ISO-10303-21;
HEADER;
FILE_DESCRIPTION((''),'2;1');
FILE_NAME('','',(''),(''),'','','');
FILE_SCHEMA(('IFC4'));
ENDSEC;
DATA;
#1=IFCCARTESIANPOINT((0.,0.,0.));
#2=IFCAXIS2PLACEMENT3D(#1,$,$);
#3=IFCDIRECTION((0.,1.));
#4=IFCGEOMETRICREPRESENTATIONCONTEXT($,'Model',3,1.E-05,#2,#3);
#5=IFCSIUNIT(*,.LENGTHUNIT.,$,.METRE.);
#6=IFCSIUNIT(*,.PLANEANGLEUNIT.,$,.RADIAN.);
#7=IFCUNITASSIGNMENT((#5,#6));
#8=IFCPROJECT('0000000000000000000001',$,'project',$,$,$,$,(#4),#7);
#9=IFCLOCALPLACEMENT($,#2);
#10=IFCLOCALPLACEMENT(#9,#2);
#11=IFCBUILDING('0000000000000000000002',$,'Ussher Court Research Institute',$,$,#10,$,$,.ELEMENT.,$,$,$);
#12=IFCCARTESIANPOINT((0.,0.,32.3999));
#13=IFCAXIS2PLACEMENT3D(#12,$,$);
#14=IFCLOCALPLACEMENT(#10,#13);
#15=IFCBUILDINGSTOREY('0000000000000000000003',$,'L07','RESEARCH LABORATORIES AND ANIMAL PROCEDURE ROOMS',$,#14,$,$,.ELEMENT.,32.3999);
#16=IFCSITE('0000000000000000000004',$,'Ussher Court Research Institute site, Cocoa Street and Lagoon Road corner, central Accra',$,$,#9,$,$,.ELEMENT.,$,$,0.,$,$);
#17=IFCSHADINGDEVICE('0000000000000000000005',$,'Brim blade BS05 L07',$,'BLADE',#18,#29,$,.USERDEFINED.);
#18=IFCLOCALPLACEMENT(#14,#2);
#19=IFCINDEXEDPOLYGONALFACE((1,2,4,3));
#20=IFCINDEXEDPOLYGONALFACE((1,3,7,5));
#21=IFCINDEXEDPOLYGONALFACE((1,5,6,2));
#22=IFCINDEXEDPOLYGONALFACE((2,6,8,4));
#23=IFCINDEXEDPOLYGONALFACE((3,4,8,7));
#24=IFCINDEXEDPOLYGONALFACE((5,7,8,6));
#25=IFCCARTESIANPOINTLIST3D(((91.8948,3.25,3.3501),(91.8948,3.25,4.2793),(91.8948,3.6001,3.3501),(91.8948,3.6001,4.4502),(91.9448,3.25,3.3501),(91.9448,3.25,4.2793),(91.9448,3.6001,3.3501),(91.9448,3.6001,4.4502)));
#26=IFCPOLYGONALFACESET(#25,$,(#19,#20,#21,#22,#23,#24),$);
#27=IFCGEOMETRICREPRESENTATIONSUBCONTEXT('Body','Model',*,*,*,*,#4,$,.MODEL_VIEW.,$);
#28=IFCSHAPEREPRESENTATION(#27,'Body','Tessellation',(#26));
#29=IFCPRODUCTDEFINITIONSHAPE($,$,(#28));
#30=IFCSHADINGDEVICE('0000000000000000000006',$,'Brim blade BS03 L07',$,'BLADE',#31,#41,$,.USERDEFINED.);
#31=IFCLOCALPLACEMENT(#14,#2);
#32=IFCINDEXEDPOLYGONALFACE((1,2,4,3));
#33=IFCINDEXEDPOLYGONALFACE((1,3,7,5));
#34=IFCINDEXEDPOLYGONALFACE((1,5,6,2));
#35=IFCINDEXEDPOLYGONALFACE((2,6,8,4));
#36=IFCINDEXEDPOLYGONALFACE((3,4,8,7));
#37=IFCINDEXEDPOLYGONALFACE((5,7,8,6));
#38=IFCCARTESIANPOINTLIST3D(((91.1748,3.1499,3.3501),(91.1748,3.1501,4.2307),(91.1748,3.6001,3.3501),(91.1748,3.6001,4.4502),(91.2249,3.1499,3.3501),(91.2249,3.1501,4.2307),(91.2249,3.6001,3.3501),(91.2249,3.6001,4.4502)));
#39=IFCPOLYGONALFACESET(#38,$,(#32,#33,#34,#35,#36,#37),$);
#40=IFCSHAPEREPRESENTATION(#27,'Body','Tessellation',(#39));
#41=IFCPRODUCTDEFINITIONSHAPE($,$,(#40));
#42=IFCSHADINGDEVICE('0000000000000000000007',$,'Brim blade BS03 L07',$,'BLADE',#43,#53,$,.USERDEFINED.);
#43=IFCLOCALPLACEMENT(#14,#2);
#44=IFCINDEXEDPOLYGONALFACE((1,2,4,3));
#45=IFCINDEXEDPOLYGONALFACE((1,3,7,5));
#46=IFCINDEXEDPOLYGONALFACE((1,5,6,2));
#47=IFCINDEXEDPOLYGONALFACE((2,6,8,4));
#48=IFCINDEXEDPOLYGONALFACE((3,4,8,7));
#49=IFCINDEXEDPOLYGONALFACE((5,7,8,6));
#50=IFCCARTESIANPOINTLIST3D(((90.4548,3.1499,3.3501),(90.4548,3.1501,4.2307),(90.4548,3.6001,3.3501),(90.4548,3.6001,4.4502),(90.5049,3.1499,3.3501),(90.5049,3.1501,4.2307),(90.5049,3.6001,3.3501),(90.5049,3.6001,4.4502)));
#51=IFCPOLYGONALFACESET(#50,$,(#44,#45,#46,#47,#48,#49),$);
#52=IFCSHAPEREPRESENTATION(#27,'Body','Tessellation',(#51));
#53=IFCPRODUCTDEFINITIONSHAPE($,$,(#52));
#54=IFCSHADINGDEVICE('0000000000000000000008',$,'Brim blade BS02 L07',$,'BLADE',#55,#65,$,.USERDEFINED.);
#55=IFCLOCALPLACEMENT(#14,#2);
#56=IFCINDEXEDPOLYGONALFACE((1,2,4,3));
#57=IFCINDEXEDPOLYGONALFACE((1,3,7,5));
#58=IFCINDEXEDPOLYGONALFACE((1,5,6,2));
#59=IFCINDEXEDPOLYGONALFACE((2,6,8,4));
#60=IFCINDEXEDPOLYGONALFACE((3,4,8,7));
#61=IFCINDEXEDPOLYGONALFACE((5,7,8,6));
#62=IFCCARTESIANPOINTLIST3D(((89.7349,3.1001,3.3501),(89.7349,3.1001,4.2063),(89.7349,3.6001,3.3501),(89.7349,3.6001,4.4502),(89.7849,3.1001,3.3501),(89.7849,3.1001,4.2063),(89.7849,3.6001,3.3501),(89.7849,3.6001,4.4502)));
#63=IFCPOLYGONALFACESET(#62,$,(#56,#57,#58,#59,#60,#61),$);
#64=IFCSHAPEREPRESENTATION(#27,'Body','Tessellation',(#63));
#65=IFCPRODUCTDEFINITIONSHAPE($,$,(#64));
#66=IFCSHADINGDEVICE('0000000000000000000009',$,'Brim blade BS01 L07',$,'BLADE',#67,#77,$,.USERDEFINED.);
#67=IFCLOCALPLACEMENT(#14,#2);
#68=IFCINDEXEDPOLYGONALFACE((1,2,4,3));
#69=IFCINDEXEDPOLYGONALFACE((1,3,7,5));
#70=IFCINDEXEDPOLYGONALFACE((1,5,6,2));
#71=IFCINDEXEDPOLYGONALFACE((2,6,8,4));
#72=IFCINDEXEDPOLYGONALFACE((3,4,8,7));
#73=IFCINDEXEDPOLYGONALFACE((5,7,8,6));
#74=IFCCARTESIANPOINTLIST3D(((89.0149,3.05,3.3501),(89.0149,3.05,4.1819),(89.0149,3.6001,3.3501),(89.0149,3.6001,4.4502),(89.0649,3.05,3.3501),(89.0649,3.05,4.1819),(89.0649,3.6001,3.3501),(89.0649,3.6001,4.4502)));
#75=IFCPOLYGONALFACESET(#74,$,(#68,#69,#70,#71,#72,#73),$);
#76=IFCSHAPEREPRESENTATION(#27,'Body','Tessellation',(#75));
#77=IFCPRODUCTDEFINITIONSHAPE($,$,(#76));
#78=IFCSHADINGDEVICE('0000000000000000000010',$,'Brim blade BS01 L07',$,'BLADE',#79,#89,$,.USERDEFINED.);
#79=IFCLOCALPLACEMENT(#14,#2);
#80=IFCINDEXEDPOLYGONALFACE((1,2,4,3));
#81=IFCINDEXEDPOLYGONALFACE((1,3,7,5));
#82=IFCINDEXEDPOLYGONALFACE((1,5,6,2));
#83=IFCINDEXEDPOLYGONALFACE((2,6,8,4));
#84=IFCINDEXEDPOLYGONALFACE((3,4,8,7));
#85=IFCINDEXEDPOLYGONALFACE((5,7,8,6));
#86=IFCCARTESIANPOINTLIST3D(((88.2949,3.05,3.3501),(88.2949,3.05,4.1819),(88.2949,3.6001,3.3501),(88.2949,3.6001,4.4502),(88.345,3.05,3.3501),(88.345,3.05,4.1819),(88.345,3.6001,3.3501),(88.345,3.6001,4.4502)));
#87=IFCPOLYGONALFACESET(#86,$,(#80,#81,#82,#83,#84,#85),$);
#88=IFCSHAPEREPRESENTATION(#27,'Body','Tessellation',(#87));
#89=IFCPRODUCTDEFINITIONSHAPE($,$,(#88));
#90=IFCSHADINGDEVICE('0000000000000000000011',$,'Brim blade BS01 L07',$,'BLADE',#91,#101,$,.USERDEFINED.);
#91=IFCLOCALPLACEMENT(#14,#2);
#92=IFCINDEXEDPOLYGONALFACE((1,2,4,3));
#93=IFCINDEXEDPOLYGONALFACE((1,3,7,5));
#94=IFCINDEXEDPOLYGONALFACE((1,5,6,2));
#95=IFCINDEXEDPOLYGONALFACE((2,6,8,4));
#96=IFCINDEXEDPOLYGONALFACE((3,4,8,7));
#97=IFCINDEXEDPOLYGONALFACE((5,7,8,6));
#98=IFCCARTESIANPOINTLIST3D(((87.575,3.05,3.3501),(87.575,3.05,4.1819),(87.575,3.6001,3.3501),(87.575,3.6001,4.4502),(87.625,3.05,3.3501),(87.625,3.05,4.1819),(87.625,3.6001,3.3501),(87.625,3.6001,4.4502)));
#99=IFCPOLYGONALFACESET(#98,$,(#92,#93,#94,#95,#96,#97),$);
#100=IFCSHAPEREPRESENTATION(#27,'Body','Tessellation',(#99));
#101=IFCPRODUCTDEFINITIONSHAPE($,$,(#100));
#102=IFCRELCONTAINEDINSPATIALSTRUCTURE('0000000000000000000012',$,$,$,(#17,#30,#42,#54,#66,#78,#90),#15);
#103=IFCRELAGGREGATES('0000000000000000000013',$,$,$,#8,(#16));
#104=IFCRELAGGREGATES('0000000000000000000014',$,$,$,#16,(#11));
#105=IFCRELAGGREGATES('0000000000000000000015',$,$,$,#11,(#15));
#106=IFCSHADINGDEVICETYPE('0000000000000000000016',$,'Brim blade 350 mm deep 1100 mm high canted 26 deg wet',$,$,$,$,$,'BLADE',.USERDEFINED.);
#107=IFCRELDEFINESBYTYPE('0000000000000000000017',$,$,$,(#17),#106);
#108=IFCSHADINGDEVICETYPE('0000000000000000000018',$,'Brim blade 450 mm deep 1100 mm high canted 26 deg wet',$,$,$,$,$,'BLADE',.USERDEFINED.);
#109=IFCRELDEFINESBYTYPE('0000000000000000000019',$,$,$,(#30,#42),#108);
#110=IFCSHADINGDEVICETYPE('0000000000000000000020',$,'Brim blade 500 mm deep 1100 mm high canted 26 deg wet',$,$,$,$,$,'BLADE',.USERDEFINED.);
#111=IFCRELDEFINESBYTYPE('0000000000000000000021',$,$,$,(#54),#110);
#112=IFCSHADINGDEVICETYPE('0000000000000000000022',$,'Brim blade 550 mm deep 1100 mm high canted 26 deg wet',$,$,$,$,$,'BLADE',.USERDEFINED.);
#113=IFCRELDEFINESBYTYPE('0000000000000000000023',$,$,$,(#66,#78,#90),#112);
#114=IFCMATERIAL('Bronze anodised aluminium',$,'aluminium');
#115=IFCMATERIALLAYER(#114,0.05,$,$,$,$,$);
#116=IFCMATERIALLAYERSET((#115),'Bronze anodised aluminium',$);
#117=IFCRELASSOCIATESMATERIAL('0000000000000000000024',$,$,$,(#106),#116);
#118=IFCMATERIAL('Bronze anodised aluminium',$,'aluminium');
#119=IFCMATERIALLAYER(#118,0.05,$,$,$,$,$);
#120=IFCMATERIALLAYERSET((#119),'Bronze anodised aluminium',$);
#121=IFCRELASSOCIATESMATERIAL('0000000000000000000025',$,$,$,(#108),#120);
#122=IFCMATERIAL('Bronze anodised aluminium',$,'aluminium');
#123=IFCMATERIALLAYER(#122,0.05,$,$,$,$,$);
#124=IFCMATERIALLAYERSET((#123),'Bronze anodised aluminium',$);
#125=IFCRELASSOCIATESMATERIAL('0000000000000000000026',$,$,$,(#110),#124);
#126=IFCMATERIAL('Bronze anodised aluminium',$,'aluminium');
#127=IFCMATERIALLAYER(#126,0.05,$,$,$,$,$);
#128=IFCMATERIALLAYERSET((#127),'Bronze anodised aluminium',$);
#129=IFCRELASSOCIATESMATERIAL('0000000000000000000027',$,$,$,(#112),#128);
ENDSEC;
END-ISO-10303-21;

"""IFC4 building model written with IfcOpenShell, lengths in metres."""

from ifc_helpers import new_model, si_unit, direction, frame, origin, place, context, subcontext, project, spatial, polyline, outline, extrude, material, layer, layer_set, type_object, element, save


model = new_model("IFC4")

# Units and contexts
model_context = context("Model", 3, precision=1e-05, world=origin(), true_north=direction((0.0, 1.0)))
body_context = subcontext(model_context, "Body", "Model", "MODEL_VIEW")
ifc_project = project(units=[si_unit("LENGTHUNIT", "METRE"), si_unit("PLANEANGLEUNIT", "RADIAN")], contexts=[model_context])

# Site, building, storey
site_placement = place(None, origin())
site = spatial("IfcSite", under=ifc_project, at=site_placement, Name="Ussher Court Research Institute site, Cocoa Street and Lagoon Road corner, central Accra", CompositionType="ELEMENT", RefElevation=0.0)
building_placement = place(site_placement, origin())
building = spatial("IfcBuilding", under=site, at=building_placement, Name="Ussher Court Research Institute", CompositionType="ELEMENT")
storey_placement = place(building_placement, frame((0.0, 0.0, 32.3999)))
storey = spatial("IfcBuildingStorey", under=building, at=storey_placement, Name="L07", Description="RESEARCH LABORATORIES AND ANIMAL PROCEDURE ROOMS", CompositionType="ELEMENT", Elevation=32.3999)

# Shading devices
ifc_material_1 = material(Name="Bronze anodised aluminium", Category="aluminium")
ifc_layer_1 = layer(ifc_material_1, 0.05)
ifc_layer_set_1 = layer_set([ifc_layer_1], Name="Bronze anodised aluminium")
shading_device_type_1 = type_object("IfcShadingDeviceType", Name="Brim blade 350 mm deep 1100 mm high canted 26 deg wet", ElementType="BLADE", PredefinedType="USERDEFINED", material=ifc_layer_set_1)
shading_device_1_placement = place(storey_placement, frame((91.9199, 3.6001, 3.3501), z_axis=(0.0, 0.0, 1.0), x_axis=(0.0, -1.0, 0.0)))
element("IfcShadingDevice", 1, at=shading_device_1_placement, inside=storey, type_object=shading_device_type_1, Name="Brim blade BS05 L07", ObjectType="BLADE", PredefinedType="USERDEFINED", context=body_context, shape_type="SweptSolid", body=[
    extrude(outline(polyline([(0.0, 0.0), (0.3501, 0.0), (0.3501, 0.9292), (0.0, 1.1001), (0.0, 0.0)])), frame((0.0, 0.0249, 0.0), z_axis=(0.0, -1.0, 0.0), x_axis=(1.0, 0.0, 0.0)), (0.0, 0.0, 1.0), 0.05),
])
ifc_material_2 = material(Name="Bronze anodised aluminium", Category="aluminium")
ifc_layer_2 = layer(ifc_material_2, 0.05)
ifc_layer_set_2 = layer_set([ifc_layer_2], Name="Bronze anodised aluminium")
shading_device_type_2 = type_object("IfcShadingDeviceType", Name="Brim blade 450 mm deep 1100 mm high canted 26 deg wet", ElementType="BLADE", PredefinedType="USERDEFINED", material=ifc_layer_set_2)
for number, where, z_axis, x_axis, name in (
    (2, (91.2, 3.6001, 3.3501), (0.0, 0.0, 1.0), (0.0, -1.0, 0.0), "Brim blade BS03 L07"),
    (3, (90.48, 3.6001, 3.3501), (0.0, 0.0, 1.0), (0.0, -1.0, 0.0), "Brim blade BS03 L07"),
):
    element("IfcShadingDevice", number, at=place(storey_placement, frame(where, z_axis=z_axis, x_axis=x_axis)), inside=storey, type_object=shading_device_type_2, Name=name, ObjectType="BLADE", PredefinedType="USERDEFINED", context=body_context, shape_type="SweptSolid", body=[
        extrude(outline(polyline([(0.0, 0.0), (0.4502, 0.0), (0.45, 0.8806), (0.0, 1.1001), (0.0, 0.0)])), frame((0.0, 0.0249, 0.0), z_axis=(0.0, -1.0, 0.0), x_axis=(1.0, 0.0, 0.0)), (0.0, 0.0, 1.0), 0.05),
    ])
ifc_material_3 = material(Name="Bronze anodised aluminium", Category="aluminium")
ifc_layer_3 = layer(ifc_material_3, 0.05)
ifc_layer_set_3 = layer_set([ifc_layer_3], Name="Bronze anodised aluminium")
shading_device_type_3 = type_object("IfcShadingDeviceType", Name="Brim blade 500 mm deep 1100 mm high canted 26 deg wet", ElementType="BLADE", PredefinedType="USERDEFINED", material=ifc_layer_set_3)
shading_device_2_placement = place(storey_placement, frame((89.76, 3.6001, 3.3501), z_axis=(0.0, 0.0, 1.0), x_axis=(0.0, -1.0, 0.0)))
element("IfcShadingDevice", 4, at=shading_device_2_placement, inside=storey, type_object=shading_device_type_3, Name="Brim blade BS02 L07", ObjectType="BLADE", PredefinedType="USERDEFINED", context=body_context, shape_type="SweptSolid", body=[
    extrude(outline(polyline([(0.0, 0.0), (0.5, 0.0), (0.5, 0.8562), (0.0, 1.1001), (0.0, 0.0)])), frame((0.0, 0.0249, 0.0), z_axis=(0.0, -1.0, 0.0), x_axis=(1.0, 0.0, 0.0)), (0.0, 0.0, 1.0), 0.05),
])
ifc_material_4 = material(Name="Bronze anodised aluminium", Category="aluminium")
ifc_layer_4 = layer(ifc_material_4, 0.05)
ifc_layer_set_4 = layer_set([ifc_layer_4], Name="Bronze anodised aluminium")
shading_device_type_4 = type_object("IfcShadingDeviceType", Name="Brim blade 550 mm deep 1100 mm high canted 26 deg wet", ElementType="BLADE", PredefinedType="USERDEFINED", material=ifc_layer_set_4)
for number, where, z_axis, x_axis, name in (
    (5, (89.04, 3.6001, 3.3501), (0.0, 0.0, 1.0), (0.0, -1.0, 0.0), "Brim blade BS01 L07"),
    (6, (88.3201, 3.6001, 3.3501), (0.0, 0.0, 1.0), (0.0, -1.0, 0.0), "Brim blade BS01 L07"),
    (7, (87.6001, 3.6001, 3.3501), (0.0, 0.0, 1.0), (0.0, -1.0, 0.0), "Brim blade BS01 L07"),
):
    element("IfcShadingDevice", number, at=place(storey_placement, frame(where, z_axis=z_axis, x_axis=x_axis)), inside=storey, type_object=shading_device_type_4, Name=name, ObjectType="BLADE", PredefinedType="USERDEFINED", context=body_context, shape_type="SweptSolid", body=[
        extrude(outline(polyline([(0.0, 0.0), (0.55, 0.0), (0.55, 0.8318), (0.0, 1.1001), (0.0, 0.0)])), frame((0.0, 0.0249, 0.0), z_axis=(0.0, -1.0, 0.0), x_axis=(1.0, 0.0, 0.0)), (0.0, 0.0, 1.0), 0.05),
    ])

save(model, "model.ifc")
